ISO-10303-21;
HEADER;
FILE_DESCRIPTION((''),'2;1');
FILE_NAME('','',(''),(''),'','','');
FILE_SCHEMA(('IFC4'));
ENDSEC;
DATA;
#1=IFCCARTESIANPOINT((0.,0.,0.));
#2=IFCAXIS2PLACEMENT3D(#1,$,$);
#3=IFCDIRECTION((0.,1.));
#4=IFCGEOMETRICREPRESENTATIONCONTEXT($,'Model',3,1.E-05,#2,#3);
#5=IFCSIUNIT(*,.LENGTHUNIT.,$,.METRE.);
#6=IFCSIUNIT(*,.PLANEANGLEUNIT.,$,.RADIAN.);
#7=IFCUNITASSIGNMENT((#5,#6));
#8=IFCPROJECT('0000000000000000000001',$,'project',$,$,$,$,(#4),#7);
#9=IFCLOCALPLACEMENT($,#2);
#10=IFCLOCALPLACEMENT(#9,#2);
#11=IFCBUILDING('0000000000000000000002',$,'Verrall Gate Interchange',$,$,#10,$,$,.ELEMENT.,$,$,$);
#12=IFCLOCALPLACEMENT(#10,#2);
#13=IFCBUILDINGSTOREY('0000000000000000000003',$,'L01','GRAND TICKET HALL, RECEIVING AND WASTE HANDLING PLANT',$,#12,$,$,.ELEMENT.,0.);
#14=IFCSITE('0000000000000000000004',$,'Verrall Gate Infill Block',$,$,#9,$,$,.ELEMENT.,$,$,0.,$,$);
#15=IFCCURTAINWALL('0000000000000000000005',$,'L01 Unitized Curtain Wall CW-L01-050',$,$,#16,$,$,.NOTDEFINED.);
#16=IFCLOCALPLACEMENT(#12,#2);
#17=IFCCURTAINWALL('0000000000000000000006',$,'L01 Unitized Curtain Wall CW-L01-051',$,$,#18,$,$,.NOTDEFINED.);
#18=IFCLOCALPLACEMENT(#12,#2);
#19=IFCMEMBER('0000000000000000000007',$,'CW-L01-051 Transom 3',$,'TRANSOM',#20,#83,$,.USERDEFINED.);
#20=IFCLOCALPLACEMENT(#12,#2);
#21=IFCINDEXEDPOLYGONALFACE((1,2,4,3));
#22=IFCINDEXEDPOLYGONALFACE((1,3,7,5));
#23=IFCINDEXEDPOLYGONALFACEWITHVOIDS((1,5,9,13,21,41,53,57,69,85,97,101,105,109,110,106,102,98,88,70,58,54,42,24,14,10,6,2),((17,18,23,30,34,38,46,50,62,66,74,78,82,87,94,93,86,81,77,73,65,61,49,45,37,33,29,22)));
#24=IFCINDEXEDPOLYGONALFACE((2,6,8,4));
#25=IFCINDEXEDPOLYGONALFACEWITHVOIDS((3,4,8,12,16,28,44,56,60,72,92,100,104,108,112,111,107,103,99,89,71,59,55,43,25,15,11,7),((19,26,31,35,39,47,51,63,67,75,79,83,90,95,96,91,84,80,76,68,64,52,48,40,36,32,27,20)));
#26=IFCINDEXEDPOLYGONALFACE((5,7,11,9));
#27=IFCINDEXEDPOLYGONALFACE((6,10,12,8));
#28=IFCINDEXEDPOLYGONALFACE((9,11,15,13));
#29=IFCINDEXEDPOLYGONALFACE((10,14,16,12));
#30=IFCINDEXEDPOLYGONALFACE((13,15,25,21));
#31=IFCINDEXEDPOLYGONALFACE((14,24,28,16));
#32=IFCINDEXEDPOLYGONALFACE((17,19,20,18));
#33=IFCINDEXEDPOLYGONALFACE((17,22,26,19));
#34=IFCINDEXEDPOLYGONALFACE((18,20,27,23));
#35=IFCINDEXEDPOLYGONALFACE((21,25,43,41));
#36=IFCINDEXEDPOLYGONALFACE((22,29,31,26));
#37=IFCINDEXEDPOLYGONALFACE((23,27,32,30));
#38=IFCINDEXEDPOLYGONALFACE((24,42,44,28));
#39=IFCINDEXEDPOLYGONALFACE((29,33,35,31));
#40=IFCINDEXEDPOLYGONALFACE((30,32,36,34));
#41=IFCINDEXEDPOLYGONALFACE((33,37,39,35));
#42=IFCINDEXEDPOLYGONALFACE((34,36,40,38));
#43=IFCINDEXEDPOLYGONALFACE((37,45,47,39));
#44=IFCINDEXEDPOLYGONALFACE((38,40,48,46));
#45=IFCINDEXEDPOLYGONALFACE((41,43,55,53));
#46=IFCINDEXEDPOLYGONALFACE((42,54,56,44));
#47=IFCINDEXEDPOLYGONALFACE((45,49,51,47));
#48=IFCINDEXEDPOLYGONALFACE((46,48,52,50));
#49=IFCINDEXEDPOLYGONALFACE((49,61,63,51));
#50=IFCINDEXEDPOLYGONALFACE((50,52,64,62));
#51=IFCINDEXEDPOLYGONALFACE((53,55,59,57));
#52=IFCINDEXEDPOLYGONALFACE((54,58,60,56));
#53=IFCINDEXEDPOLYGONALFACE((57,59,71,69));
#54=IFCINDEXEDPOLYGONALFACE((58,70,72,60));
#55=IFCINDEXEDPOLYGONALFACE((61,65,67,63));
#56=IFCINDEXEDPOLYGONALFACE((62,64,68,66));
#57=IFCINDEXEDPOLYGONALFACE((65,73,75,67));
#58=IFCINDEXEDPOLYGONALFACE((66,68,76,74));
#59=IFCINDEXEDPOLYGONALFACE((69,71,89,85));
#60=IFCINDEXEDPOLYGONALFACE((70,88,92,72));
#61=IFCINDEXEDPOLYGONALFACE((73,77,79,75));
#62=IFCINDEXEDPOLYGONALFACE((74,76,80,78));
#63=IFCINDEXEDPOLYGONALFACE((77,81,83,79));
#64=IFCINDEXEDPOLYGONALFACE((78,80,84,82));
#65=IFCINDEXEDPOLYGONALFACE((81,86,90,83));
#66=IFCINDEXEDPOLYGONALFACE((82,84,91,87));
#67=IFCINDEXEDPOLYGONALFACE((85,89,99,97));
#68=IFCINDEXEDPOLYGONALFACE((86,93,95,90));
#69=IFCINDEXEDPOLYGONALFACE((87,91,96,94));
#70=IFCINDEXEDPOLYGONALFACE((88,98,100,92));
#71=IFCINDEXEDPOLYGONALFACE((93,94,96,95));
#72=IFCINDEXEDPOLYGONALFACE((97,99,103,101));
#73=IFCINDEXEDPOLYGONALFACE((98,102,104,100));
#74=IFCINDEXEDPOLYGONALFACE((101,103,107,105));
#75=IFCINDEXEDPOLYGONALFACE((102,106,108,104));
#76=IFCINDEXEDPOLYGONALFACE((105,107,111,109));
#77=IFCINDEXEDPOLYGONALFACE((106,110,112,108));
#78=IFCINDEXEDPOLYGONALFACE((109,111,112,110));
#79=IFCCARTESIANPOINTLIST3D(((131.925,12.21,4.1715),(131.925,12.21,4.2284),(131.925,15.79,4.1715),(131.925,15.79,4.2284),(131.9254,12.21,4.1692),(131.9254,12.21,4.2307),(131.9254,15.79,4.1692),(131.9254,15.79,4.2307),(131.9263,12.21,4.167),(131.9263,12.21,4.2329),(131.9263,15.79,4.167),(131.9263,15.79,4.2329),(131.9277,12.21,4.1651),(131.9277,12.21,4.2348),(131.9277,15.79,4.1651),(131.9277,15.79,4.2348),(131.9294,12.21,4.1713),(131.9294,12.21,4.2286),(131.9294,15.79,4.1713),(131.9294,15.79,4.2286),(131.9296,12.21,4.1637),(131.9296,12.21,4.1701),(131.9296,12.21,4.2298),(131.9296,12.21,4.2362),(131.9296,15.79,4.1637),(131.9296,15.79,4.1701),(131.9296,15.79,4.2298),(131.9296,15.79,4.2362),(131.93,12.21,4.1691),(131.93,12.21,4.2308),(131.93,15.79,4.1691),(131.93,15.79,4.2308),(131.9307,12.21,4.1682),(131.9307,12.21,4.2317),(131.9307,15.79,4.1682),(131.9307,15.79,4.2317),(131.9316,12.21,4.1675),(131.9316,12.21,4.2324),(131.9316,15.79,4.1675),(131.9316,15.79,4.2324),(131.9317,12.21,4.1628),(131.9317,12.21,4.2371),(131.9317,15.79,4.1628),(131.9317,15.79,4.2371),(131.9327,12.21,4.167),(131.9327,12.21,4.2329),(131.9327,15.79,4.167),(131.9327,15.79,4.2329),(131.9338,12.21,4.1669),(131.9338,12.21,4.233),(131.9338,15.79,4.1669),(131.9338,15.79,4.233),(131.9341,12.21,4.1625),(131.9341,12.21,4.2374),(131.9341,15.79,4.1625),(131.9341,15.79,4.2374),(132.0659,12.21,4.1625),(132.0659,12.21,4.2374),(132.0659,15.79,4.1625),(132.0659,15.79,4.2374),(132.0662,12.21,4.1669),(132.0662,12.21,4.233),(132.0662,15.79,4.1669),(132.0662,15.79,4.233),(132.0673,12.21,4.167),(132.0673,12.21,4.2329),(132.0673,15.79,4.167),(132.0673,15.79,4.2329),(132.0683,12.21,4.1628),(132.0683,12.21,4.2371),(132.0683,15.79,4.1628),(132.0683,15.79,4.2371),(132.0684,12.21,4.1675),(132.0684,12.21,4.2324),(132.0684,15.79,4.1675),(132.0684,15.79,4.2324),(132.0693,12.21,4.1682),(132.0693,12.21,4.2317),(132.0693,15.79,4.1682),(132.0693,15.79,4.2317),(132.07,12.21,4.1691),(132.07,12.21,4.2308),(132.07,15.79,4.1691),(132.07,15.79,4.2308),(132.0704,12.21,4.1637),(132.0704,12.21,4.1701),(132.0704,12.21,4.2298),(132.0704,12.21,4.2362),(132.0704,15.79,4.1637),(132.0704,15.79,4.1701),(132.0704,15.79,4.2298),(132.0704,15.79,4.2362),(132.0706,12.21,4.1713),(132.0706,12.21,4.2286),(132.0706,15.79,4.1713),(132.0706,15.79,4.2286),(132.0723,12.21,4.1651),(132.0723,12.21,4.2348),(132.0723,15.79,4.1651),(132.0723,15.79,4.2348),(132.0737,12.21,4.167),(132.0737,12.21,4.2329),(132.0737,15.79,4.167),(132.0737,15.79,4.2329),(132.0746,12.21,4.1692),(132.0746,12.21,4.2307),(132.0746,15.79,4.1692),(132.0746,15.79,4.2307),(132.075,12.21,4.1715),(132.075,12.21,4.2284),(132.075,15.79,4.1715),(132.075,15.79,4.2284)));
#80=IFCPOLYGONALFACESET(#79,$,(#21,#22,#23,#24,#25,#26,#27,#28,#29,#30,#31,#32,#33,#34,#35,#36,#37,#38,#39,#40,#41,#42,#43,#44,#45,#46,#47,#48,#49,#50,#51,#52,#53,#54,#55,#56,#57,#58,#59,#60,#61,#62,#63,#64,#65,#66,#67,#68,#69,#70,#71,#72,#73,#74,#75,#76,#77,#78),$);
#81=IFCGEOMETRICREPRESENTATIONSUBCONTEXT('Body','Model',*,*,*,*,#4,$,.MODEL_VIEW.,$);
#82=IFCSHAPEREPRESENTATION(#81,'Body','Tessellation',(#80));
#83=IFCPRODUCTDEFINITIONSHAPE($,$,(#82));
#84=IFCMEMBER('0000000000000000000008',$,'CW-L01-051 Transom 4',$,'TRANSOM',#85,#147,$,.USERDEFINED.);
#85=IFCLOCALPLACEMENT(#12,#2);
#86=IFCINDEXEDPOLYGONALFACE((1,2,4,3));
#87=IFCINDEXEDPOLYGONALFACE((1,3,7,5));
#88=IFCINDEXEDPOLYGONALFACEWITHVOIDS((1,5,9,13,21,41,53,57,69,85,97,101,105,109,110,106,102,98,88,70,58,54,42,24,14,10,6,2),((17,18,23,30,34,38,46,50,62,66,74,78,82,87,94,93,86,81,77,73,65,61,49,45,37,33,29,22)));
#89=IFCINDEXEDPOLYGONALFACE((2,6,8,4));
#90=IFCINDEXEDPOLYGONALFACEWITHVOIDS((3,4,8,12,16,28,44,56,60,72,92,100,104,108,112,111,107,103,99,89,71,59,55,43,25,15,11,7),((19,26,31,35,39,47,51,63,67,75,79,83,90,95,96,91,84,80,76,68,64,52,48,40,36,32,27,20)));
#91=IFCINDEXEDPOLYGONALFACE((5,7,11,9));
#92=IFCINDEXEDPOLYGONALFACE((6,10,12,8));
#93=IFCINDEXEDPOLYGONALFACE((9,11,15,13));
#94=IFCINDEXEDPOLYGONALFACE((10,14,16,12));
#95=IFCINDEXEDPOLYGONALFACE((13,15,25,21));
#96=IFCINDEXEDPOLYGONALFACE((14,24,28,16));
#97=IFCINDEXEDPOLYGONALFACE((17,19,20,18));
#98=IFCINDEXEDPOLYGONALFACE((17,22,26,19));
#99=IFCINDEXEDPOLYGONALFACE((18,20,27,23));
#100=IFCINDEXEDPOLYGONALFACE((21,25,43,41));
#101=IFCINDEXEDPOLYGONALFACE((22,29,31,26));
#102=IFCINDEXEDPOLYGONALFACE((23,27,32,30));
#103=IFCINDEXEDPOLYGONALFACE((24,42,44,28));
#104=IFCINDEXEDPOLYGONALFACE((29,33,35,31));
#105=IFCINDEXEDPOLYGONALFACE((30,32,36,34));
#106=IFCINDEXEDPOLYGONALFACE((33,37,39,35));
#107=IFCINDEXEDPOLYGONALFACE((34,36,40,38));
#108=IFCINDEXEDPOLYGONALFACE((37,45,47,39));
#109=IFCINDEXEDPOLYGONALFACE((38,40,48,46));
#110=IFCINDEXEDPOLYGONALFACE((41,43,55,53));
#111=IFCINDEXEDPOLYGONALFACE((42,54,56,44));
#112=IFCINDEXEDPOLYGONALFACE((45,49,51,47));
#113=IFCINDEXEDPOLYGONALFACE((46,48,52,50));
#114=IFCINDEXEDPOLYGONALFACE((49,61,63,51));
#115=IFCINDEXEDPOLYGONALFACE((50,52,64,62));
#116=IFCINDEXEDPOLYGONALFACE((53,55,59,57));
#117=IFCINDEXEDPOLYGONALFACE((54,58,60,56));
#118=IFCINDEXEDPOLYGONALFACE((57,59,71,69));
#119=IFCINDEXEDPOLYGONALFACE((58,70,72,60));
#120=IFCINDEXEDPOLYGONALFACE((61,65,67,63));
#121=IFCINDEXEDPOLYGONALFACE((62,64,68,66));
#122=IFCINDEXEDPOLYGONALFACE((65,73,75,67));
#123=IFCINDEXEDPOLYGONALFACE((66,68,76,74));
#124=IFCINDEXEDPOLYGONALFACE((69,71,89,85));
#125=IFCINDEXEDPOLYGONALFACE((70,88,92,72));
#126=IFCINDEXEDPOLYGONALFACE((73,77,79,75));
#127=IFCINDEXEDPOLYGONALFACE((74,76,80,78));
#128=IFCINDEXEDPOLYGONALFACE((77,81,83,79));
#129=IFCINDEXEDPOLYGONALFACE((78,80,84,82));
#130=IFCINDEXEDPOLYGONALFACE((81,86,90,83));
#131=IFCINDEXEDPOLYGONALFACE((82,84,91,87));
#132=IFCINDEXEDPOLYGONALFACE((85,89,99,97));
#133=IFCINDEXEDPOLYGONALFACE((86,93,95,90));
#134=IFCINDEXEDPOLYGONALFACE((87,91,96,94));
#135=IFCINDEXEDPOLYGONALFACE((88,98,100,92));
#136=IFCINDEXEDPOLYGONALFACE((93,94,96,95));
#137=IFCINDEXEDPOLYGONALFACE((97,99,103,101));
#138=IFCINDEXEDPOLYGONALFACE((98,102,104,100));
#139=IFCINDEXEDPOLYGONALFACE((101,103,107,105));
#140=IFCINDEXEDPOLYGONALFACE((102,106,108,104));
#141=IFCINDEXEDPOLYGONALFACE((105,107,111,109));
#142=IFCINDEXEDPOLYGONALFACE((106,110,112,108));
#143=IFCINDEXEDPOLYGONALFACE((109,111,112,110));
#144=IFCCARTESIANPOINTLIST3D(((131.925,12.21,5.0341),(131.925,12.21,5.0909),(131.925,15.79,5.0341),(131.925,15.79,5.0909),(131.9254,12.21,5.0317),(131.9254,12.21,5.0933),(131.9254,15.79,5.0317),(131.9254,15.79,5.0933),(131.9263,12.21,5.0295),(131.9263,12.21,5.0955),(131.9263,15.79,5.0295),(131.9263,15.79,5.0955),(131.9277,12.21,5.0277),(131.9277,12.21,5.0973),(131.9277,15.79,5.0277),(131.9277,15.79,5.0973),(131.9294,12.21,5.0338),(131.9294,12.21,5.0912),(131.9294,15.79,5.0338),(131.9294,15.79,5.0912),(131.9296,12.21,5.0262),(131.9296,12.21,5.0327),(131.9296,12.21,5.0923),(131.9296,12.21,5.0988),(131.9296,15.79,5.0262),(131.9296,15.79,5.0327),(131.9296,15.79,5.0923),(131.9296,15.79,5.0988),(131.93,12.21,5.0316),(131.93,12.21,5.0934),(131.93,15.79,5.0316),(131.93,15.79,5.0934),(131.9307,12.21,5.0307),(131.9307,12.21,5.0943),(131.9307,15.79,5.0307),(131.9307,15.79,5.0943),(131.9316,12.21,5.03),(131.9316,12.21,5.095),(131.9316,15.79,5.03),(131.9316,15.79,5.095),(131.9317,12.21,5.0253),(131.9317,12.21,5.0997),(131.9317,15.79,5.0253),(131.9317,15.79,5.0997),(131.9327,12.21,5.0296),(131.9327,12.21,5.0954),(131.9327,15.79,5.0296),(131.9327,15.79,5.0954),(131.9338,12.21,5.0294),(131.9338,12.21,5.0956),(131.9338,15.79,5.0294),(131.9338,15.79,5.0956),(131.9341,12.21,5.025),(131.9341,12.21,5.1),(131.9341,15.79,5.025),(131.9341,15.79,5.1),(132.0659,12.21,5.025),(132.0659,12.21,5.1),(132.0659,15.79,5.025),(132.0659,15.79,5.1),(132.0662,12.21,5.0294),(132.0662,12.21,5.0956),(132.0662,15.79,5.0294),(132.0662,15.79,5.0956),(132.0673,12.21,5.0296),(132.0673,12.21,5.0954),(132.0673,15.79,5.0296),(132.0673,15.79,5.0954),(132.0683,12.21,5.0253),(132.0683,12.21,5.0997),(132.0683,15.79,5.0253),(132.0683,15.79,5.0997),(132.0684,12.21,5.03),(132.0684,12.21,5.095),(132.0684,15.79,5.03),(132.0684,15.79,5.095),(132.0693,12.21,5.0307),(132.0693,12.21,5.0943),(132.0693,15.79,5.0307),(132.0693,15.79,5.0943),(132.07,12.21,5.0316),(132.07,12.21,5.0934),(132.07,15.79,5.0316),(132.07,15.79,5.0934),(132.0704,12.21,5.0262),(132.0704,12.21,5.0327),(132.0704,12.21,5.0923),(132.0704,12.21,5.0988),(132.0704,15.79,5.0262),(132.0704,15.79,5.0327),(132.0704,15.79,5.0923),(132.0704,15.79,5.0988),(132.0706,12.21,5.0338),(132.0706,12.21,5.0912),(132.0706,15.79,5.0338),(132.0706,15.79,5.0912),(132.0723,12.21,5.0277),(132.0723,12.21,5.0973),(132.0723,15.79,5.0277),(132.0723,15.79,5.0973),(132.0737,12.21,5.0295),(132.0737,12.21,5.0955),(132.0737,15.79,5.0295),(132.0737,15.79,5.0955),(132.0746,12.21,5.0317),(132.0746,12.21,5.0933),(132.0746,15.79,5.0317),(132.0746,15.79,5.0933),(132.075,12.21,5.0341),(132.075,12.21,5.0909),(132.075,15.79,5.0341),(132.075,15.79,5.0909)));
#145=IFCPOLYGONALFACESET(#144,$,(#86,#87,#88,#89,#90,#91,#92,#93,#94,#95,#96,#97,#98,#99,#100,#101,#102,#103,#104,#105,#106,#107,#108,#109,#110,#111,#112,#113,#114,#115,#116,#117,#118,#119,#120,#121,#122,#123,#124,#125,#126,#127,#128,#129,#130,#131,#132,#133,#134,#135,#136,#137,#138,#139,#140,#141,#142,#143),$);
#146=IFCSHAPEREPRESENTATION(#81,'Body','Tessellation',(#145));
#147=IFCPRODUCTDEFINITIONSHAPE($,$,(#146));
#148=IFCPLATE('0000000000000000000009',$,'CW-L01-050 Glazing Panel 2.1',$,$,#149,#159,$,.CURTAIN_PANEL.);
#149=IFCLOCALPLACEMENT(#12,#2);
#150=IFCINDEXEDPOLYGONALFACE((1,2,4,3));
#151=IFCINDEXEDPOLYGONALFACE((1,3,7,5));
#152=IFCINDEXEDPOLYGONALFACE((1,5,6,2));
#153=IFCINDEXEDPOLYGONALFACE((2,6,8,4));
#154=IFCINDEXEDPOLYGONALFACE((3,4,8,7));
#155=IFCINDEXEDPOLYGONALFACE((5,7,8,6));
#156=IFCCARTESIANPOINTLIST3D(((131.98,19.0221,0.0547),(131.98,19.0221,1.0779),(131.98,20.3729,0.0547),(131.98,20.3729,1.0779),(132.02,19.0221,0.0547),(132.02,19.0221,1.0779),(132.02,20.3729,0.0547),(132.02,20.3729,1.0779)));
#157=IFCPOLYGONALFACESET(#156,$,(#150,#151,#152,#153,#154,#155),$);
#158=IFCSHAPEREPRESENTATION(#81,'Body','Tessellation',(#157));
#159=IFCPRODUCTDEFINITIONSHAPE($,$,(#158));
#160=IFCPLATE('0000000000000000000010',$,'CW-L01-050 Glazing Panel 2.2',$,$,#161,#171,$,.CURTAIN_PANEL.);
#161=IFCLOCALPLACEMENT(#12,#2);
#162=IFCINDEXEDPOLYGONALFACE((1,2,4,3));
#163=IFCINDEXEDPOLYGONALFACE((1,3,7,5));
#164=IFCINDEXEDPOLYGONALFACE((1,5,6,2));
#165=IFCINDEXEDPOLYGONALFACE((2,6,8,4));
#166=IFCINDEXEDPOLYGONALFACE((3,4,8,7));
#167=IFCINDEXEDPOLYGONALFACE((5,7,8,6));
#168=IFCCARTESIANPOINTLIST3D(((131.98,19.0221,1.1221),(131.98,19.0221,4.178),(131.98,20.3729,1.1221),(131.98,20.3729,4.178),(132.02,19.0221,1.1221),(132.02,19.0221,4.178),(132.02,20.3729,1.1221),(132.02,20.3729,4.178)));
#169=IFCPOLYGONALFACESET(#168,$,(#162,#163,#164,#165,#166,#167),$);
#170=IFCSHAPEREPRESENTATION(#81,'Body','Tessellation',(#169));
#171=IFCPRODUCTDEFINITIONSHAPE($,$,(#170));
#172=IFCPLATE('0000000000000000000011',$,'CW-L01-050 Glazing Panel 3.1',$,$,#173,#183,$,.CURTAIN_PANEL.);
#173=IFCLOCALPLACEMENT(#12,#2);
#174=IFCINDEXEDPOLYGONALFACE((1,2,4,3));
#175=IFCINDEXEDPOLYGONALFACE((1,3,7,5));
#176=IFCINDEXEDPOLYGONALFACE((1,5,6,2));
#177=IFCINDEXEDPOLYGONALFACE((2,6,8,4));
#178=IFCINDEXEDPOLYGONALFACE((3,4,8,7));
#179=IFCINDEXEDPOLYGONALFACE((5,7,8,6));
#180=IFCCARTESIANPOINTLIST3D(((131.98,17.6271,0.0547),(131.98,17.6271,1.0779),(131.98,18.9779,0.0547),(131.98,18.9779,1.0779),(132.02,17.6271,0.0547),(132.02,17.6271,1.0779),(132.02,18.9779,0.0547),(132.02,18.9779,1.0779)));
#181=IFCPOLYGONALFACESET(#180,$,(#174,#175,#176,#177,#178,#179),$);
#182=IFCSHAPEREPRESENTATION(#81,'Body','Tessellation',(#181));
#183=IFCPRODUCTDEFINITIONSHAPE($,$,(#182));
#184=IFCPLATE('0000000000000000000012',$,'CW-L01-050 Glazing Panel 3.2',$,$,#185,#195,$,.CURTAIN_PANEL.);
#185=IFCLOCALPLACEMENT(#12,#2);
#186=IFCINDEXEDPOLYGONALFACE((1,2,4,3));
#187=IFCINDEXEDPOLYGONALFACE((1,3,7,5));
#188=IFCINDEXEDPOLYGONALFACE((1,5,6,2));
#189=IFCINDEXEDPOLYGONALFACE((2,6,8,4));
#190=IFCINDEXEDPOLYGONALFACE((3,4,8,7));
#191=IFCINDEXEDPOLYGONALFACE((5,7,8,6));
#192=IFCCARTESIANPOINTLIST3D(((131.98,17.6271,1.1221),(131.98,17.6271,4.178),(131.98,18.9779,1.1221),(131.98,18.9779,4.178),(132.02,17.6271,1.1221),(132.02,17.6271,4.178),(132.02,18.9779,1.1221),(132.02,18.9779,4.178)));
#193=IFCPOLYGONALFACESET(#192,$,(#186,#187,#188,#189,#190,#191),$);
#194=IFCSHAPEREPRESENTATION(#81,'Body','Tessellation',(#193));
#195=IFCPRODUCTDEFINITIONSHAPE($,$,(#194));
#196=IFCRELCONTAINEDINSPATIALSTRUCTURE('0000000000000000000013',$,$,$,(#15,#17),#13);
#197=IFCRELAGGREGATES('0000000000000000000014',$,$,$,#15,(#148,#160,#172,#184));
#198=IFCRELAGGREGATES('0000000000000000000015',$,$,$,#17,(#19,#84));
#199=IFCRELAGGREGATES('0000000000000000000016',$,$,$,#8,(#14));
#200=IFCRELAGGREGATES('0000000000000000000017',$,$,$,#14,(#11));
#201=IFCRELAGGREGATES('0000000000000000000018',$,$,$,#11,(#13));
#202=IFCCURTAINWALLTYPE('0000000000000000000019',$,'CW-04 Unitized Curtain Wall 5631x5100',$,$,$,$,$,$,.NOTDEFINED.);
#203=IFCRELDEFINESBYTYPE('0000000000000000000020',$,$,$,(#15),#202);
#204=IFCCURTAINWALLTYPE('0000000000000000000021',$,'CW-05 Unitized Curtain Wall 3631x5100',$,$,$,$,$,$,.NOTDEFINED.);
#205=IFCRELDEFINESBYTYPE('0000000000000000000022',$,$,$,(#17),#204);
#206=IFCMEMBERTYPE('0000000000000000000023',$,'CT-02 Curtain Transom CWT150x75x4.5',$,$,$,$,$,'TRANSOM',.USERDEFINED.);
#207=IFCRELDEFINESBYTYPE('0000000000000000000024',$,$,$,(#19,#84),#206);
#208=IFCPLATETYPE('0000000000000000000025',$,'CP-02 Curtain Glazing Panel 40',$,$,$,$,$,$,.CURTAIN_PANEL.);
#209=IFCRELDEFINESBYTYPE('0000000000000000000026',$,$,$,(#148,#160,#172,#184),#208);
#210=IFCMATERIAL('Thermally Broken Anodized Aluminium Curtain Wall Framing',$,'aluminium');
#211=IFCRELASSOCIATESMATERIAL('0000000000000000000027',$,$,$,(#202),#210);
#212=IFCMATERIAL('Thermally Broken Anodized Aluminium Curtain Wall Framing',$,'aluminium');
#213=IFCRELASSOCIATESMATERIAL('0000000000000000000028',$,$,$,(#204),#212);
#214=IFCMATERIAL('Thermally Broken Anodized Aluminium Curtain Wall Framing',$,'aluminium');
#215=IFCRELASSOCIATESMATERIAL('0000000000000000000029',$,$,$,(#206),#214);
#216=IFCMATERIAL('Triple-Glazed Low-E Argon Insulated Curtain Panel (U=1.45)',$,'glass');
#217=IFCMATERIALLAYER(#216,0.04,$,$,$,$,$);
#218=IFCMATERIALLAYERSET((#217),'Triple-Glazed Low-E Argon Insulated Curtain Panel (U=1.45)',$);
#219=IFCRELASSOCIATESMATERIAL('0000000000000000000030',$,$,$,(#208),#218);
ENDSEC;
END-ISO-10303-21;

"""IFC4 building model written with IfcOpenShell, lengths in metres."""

from ifc_helpers import new_model, si_unit, direction, frame, origin, origin_2d, place, context, subcontext, project, spatial, rectangle, hollow_rectangle, extrude, material, layer, layer_set, material_profile, profile_set, type_object, element, aggregate, save


model = new_model("IFC4")

# Units and contexts
model_context = context("Model", 3, precision=1e-05, world=origin(), true_north=direction((0.0, 1.0)))
body_context = subcontext(model_context, "Body", "Model", "MODEL_VIEW")
ifc_project = project(units=[si_unit("LENGTHUNIT", "METRE"), si_unit("PLANEANGLEUNIT", "RADIAN")], contexts=[model_context])

# Site, building, storey
site_placement = place(None, origin())
site = spatial("IfcSite", under=ifc_project, at=site_placement, Name="Verrall Gate Infill Block", CompositionType="ELEMENT", RefElevation=0.0)
building_placement = place(site_placement, origin())
building = spatial("IfcBuilding", under=site, at=building_placement, Name="Verrall Gate Interchange", CompositionType="ELEMENT")
storey_placement = place(building_placement, origin())
storey = spatial("IfcBuildingStorey", under=building, at=storey_placement, Name="L01", Description="GRAND TICKET HALL, RECEIVING AND WASTE HANDLING PLANT", CompositionType="ELEMENT", Elevation=0.0)

# Curtain walls, members
ifc_material_1 = material(Name="Thermally Broken Anodized Aluminium Curtain Wall Framing", Category="aluminium")
curtain_wall_type_1 = type_object("IfcCurtainWallType", Name="CW-04 Unitized Curtain Wall 5631x5100", PredefinedType="NOTDEFINED", material=ifc_material_1)
curtain_wall_1_placement = place(storey_placement, origin())
curtain_wall_1 = element("IfcCurtainWall", 1, at=curtain_wall_1_placement, inside=storey, type_object=curtain_wall_type_1, Name="L01 Unitized Curtain Wall CW-L01-050", PredefinedType="NOTDEFINED")
ifc_material_2 = material(Name="Thermally Broken Anodized Aluminium Curtain Wall Framing", Category="aluminium")
curtain_wall_type_2 = type_object("IfcCurtainWallType", Name="CW-05 Unitized Curtain Wall 3631x5100", PredefinedType="NOTDEFINED", material=ifc_material_2)
curtain_wall_2_placement = place(storey_placement, origin())
curtain_wall_2 = element("IfcCurtainWall", 2, at=curtain_wall_2_placement, inside=storey, type_object=curtain_wall_type_2, Name="L01 Unitized Curtain Wall CW-L01-051", PredefinedType="NOTDEFINED")
ifc_material_3 = material(Name="Thermally Broken Anodized Aluminium Curtain Wall Framing", Category="aluminium")
ifc_material_profile_1 = material_profile(ifc_material_3, hollow_rectangle(XDim=0.1499, YDim=0.075, WallThickness=0.0044, InnerFilletRadius=0.0044, OuterFilletRadius=0.009, at=origin_2d()), Name="CWT150x75x4.5")
ifc_profile_set_1 = profile_set([ifc_material_profile_1], Name="Thermally Broken Anodized Aluminium Curtain Wall Framing")
member_type_1 = type_object("IfcMemberType", Name="CT-02 Curtain Transom CWT150x75x4.5", ElementType="TRANSOM", PredefinedType="USERDEFINED", material=ifc_profile_set_1)
member_1_placement = place(storey_placement, frame((132.0, 15.79, 4.2), z_axis=(0.0, -1.0, 0.0), x_axis=(1.0, 0.0, 0.0)))
member_1 = element("IfcMember", 3, at=member_1_placement, type_object=member_type_1, Name="CW-L01-051 Transom 3", ObjectType="TRANSOM", PredefinedType="USERDEFINED", context=body_context, shape_type="SweptSolid", body=[
    extrude(hollow_rectangle(XDim=0.1499, YDim=0.075, WallThickness=0.0044, InnerFilletRadius=0.0044, OuterFilletRadius=0.009, at=origin_2d()), origin(), (0.0, 0.0, 1.0), 3.5801),
])
member_2_placement = place(storey_placement, frame((132.0, 15.79, 5.0625), z_axis=(0.0, -1.0, 0.0), x_axis=(1.0, 0.0, 0.0)))
member_2 = element("IfcMember", 4, at=member_2_placement, type_object=member_type_1, Name="CW-L01-051 Transom 4", ObjectType="TRANSOM", PredefinedType="USERDEFINED", context=body_context, shape_type="SweptSolid", body=[
    extrude(hollow_rectangle(XDim=0.1499, YDim=0.075, WallThickness=0.0044, InnerFilletRadius=0.0044, OuterFilletRadius=0.009, at=origin_2d()), origin(), (0.0, 0.0, 1.0), 3.5801),
])

# Plates
ifc_material_4 = material(Name="Triple-Glazed Low-E Argon Insulated Curtain Panel (U=1.45)", Category="glass")
ifc_layer = layer(ifc_material_4, 0.04)
ifc_layer_set = layer_set([ifc_layer], Name="Triple-Glazed Low-E Argon Insulated Curtain Panel (U=1.45)")
plate_type = type_object("IfcPlateType", Name="CP-02 Curtain Glazing Panel 40", PredefinedType="CURTAIN_PANEL", material=ifc_layer_set)
plate_1_placement = place(storey_placement, frame((132.0, 19.6975, 0.0547), z_axis=(0.0, 0.0, 1.0), x_axis=(0.0, -1.0, 0.0)))
plate_1 = element("IfcPlate", 5, at=plate_1_placement, type_object=plate_type, Name="CW-L01-050 Glazing Panel 2.1", PredefinedType="CURTAIN_PANEL", context=body_context, shape_type="SweptSolid", body=[
    extrude(rectangle(XDim=1.3508, YDim=0.04, at=origin_2d()), origin(), (0.0, 0.0, 1.0), 1.0232),
])
plate_2_placement = place(storey_placement, frame((132.0, 19.6975, 1.1221), z_axis=(0.0, 0.0, 1.0), x_axis=(0.0, -1.0, 0.0)))
plate_2 = element("IfcPlate", 6, at=plate_2_placement, type_object=plate_type, Name="CW-L01-050 Glazing Panel 2.2", PredefinedType="CURTAIN_PANEL", context=body_context, shape_type="SweptSolid", body=[
    extrude(rectangle(XDim=1.3508, YDim=0.04, at=origin_2d()), origin(), (0.0, 0.0, 1.0), 3.0559),
])
plate_3_placement = place(storey_placement, frame((132.0, 18.3025, 0.0547), z_axis=(0.0, 0.0, 1.0), x_axis=(0.0, -1.0, 0.0)))
plate_3 = element("IfcPlate", 7, at=plate_3_placement, type_object=plate_type, Name="CW-L01-050 Glazing Panel 3.1", PredefinedType="CURTAIN_PANEL", context=body_context, shape_type="SweptSolid", body=[
    extrude(rectangle(XDim=1.3508, YDim=0.04, at=origin_2d()), origin(), (0.0, 0.0, 1.0), 1.0232),
])
plate_4_placement = place(storey_placement, frame((132.0, 18.3025, 1.1221), z_axis=(0.0, 0.0, 1.0), x_axis=(0.0, -1.0, 0.0)))
plate_4 = element("IfcPlate", 8, at=plate_4_placement, type_object=plate_type, Name="CW-L01-050 Glazing Panel 3.2", PredefinedType="CURTAIN_PANEL", context=body_context, shape_type="SweptSolid", body=[
    extrude(rectangle(XDim=1.3508, YDim=0.04, at=origin_2d()), origin(), (0.0, 0.0, 1.0), 3.0559),
])
aggregate(curtain_wall_1, [plate_1, plate_2, plate_3, plate_4])
aggregate(curtain_wall_2, [member_1, member_2])

save(model, "model.ifc")
